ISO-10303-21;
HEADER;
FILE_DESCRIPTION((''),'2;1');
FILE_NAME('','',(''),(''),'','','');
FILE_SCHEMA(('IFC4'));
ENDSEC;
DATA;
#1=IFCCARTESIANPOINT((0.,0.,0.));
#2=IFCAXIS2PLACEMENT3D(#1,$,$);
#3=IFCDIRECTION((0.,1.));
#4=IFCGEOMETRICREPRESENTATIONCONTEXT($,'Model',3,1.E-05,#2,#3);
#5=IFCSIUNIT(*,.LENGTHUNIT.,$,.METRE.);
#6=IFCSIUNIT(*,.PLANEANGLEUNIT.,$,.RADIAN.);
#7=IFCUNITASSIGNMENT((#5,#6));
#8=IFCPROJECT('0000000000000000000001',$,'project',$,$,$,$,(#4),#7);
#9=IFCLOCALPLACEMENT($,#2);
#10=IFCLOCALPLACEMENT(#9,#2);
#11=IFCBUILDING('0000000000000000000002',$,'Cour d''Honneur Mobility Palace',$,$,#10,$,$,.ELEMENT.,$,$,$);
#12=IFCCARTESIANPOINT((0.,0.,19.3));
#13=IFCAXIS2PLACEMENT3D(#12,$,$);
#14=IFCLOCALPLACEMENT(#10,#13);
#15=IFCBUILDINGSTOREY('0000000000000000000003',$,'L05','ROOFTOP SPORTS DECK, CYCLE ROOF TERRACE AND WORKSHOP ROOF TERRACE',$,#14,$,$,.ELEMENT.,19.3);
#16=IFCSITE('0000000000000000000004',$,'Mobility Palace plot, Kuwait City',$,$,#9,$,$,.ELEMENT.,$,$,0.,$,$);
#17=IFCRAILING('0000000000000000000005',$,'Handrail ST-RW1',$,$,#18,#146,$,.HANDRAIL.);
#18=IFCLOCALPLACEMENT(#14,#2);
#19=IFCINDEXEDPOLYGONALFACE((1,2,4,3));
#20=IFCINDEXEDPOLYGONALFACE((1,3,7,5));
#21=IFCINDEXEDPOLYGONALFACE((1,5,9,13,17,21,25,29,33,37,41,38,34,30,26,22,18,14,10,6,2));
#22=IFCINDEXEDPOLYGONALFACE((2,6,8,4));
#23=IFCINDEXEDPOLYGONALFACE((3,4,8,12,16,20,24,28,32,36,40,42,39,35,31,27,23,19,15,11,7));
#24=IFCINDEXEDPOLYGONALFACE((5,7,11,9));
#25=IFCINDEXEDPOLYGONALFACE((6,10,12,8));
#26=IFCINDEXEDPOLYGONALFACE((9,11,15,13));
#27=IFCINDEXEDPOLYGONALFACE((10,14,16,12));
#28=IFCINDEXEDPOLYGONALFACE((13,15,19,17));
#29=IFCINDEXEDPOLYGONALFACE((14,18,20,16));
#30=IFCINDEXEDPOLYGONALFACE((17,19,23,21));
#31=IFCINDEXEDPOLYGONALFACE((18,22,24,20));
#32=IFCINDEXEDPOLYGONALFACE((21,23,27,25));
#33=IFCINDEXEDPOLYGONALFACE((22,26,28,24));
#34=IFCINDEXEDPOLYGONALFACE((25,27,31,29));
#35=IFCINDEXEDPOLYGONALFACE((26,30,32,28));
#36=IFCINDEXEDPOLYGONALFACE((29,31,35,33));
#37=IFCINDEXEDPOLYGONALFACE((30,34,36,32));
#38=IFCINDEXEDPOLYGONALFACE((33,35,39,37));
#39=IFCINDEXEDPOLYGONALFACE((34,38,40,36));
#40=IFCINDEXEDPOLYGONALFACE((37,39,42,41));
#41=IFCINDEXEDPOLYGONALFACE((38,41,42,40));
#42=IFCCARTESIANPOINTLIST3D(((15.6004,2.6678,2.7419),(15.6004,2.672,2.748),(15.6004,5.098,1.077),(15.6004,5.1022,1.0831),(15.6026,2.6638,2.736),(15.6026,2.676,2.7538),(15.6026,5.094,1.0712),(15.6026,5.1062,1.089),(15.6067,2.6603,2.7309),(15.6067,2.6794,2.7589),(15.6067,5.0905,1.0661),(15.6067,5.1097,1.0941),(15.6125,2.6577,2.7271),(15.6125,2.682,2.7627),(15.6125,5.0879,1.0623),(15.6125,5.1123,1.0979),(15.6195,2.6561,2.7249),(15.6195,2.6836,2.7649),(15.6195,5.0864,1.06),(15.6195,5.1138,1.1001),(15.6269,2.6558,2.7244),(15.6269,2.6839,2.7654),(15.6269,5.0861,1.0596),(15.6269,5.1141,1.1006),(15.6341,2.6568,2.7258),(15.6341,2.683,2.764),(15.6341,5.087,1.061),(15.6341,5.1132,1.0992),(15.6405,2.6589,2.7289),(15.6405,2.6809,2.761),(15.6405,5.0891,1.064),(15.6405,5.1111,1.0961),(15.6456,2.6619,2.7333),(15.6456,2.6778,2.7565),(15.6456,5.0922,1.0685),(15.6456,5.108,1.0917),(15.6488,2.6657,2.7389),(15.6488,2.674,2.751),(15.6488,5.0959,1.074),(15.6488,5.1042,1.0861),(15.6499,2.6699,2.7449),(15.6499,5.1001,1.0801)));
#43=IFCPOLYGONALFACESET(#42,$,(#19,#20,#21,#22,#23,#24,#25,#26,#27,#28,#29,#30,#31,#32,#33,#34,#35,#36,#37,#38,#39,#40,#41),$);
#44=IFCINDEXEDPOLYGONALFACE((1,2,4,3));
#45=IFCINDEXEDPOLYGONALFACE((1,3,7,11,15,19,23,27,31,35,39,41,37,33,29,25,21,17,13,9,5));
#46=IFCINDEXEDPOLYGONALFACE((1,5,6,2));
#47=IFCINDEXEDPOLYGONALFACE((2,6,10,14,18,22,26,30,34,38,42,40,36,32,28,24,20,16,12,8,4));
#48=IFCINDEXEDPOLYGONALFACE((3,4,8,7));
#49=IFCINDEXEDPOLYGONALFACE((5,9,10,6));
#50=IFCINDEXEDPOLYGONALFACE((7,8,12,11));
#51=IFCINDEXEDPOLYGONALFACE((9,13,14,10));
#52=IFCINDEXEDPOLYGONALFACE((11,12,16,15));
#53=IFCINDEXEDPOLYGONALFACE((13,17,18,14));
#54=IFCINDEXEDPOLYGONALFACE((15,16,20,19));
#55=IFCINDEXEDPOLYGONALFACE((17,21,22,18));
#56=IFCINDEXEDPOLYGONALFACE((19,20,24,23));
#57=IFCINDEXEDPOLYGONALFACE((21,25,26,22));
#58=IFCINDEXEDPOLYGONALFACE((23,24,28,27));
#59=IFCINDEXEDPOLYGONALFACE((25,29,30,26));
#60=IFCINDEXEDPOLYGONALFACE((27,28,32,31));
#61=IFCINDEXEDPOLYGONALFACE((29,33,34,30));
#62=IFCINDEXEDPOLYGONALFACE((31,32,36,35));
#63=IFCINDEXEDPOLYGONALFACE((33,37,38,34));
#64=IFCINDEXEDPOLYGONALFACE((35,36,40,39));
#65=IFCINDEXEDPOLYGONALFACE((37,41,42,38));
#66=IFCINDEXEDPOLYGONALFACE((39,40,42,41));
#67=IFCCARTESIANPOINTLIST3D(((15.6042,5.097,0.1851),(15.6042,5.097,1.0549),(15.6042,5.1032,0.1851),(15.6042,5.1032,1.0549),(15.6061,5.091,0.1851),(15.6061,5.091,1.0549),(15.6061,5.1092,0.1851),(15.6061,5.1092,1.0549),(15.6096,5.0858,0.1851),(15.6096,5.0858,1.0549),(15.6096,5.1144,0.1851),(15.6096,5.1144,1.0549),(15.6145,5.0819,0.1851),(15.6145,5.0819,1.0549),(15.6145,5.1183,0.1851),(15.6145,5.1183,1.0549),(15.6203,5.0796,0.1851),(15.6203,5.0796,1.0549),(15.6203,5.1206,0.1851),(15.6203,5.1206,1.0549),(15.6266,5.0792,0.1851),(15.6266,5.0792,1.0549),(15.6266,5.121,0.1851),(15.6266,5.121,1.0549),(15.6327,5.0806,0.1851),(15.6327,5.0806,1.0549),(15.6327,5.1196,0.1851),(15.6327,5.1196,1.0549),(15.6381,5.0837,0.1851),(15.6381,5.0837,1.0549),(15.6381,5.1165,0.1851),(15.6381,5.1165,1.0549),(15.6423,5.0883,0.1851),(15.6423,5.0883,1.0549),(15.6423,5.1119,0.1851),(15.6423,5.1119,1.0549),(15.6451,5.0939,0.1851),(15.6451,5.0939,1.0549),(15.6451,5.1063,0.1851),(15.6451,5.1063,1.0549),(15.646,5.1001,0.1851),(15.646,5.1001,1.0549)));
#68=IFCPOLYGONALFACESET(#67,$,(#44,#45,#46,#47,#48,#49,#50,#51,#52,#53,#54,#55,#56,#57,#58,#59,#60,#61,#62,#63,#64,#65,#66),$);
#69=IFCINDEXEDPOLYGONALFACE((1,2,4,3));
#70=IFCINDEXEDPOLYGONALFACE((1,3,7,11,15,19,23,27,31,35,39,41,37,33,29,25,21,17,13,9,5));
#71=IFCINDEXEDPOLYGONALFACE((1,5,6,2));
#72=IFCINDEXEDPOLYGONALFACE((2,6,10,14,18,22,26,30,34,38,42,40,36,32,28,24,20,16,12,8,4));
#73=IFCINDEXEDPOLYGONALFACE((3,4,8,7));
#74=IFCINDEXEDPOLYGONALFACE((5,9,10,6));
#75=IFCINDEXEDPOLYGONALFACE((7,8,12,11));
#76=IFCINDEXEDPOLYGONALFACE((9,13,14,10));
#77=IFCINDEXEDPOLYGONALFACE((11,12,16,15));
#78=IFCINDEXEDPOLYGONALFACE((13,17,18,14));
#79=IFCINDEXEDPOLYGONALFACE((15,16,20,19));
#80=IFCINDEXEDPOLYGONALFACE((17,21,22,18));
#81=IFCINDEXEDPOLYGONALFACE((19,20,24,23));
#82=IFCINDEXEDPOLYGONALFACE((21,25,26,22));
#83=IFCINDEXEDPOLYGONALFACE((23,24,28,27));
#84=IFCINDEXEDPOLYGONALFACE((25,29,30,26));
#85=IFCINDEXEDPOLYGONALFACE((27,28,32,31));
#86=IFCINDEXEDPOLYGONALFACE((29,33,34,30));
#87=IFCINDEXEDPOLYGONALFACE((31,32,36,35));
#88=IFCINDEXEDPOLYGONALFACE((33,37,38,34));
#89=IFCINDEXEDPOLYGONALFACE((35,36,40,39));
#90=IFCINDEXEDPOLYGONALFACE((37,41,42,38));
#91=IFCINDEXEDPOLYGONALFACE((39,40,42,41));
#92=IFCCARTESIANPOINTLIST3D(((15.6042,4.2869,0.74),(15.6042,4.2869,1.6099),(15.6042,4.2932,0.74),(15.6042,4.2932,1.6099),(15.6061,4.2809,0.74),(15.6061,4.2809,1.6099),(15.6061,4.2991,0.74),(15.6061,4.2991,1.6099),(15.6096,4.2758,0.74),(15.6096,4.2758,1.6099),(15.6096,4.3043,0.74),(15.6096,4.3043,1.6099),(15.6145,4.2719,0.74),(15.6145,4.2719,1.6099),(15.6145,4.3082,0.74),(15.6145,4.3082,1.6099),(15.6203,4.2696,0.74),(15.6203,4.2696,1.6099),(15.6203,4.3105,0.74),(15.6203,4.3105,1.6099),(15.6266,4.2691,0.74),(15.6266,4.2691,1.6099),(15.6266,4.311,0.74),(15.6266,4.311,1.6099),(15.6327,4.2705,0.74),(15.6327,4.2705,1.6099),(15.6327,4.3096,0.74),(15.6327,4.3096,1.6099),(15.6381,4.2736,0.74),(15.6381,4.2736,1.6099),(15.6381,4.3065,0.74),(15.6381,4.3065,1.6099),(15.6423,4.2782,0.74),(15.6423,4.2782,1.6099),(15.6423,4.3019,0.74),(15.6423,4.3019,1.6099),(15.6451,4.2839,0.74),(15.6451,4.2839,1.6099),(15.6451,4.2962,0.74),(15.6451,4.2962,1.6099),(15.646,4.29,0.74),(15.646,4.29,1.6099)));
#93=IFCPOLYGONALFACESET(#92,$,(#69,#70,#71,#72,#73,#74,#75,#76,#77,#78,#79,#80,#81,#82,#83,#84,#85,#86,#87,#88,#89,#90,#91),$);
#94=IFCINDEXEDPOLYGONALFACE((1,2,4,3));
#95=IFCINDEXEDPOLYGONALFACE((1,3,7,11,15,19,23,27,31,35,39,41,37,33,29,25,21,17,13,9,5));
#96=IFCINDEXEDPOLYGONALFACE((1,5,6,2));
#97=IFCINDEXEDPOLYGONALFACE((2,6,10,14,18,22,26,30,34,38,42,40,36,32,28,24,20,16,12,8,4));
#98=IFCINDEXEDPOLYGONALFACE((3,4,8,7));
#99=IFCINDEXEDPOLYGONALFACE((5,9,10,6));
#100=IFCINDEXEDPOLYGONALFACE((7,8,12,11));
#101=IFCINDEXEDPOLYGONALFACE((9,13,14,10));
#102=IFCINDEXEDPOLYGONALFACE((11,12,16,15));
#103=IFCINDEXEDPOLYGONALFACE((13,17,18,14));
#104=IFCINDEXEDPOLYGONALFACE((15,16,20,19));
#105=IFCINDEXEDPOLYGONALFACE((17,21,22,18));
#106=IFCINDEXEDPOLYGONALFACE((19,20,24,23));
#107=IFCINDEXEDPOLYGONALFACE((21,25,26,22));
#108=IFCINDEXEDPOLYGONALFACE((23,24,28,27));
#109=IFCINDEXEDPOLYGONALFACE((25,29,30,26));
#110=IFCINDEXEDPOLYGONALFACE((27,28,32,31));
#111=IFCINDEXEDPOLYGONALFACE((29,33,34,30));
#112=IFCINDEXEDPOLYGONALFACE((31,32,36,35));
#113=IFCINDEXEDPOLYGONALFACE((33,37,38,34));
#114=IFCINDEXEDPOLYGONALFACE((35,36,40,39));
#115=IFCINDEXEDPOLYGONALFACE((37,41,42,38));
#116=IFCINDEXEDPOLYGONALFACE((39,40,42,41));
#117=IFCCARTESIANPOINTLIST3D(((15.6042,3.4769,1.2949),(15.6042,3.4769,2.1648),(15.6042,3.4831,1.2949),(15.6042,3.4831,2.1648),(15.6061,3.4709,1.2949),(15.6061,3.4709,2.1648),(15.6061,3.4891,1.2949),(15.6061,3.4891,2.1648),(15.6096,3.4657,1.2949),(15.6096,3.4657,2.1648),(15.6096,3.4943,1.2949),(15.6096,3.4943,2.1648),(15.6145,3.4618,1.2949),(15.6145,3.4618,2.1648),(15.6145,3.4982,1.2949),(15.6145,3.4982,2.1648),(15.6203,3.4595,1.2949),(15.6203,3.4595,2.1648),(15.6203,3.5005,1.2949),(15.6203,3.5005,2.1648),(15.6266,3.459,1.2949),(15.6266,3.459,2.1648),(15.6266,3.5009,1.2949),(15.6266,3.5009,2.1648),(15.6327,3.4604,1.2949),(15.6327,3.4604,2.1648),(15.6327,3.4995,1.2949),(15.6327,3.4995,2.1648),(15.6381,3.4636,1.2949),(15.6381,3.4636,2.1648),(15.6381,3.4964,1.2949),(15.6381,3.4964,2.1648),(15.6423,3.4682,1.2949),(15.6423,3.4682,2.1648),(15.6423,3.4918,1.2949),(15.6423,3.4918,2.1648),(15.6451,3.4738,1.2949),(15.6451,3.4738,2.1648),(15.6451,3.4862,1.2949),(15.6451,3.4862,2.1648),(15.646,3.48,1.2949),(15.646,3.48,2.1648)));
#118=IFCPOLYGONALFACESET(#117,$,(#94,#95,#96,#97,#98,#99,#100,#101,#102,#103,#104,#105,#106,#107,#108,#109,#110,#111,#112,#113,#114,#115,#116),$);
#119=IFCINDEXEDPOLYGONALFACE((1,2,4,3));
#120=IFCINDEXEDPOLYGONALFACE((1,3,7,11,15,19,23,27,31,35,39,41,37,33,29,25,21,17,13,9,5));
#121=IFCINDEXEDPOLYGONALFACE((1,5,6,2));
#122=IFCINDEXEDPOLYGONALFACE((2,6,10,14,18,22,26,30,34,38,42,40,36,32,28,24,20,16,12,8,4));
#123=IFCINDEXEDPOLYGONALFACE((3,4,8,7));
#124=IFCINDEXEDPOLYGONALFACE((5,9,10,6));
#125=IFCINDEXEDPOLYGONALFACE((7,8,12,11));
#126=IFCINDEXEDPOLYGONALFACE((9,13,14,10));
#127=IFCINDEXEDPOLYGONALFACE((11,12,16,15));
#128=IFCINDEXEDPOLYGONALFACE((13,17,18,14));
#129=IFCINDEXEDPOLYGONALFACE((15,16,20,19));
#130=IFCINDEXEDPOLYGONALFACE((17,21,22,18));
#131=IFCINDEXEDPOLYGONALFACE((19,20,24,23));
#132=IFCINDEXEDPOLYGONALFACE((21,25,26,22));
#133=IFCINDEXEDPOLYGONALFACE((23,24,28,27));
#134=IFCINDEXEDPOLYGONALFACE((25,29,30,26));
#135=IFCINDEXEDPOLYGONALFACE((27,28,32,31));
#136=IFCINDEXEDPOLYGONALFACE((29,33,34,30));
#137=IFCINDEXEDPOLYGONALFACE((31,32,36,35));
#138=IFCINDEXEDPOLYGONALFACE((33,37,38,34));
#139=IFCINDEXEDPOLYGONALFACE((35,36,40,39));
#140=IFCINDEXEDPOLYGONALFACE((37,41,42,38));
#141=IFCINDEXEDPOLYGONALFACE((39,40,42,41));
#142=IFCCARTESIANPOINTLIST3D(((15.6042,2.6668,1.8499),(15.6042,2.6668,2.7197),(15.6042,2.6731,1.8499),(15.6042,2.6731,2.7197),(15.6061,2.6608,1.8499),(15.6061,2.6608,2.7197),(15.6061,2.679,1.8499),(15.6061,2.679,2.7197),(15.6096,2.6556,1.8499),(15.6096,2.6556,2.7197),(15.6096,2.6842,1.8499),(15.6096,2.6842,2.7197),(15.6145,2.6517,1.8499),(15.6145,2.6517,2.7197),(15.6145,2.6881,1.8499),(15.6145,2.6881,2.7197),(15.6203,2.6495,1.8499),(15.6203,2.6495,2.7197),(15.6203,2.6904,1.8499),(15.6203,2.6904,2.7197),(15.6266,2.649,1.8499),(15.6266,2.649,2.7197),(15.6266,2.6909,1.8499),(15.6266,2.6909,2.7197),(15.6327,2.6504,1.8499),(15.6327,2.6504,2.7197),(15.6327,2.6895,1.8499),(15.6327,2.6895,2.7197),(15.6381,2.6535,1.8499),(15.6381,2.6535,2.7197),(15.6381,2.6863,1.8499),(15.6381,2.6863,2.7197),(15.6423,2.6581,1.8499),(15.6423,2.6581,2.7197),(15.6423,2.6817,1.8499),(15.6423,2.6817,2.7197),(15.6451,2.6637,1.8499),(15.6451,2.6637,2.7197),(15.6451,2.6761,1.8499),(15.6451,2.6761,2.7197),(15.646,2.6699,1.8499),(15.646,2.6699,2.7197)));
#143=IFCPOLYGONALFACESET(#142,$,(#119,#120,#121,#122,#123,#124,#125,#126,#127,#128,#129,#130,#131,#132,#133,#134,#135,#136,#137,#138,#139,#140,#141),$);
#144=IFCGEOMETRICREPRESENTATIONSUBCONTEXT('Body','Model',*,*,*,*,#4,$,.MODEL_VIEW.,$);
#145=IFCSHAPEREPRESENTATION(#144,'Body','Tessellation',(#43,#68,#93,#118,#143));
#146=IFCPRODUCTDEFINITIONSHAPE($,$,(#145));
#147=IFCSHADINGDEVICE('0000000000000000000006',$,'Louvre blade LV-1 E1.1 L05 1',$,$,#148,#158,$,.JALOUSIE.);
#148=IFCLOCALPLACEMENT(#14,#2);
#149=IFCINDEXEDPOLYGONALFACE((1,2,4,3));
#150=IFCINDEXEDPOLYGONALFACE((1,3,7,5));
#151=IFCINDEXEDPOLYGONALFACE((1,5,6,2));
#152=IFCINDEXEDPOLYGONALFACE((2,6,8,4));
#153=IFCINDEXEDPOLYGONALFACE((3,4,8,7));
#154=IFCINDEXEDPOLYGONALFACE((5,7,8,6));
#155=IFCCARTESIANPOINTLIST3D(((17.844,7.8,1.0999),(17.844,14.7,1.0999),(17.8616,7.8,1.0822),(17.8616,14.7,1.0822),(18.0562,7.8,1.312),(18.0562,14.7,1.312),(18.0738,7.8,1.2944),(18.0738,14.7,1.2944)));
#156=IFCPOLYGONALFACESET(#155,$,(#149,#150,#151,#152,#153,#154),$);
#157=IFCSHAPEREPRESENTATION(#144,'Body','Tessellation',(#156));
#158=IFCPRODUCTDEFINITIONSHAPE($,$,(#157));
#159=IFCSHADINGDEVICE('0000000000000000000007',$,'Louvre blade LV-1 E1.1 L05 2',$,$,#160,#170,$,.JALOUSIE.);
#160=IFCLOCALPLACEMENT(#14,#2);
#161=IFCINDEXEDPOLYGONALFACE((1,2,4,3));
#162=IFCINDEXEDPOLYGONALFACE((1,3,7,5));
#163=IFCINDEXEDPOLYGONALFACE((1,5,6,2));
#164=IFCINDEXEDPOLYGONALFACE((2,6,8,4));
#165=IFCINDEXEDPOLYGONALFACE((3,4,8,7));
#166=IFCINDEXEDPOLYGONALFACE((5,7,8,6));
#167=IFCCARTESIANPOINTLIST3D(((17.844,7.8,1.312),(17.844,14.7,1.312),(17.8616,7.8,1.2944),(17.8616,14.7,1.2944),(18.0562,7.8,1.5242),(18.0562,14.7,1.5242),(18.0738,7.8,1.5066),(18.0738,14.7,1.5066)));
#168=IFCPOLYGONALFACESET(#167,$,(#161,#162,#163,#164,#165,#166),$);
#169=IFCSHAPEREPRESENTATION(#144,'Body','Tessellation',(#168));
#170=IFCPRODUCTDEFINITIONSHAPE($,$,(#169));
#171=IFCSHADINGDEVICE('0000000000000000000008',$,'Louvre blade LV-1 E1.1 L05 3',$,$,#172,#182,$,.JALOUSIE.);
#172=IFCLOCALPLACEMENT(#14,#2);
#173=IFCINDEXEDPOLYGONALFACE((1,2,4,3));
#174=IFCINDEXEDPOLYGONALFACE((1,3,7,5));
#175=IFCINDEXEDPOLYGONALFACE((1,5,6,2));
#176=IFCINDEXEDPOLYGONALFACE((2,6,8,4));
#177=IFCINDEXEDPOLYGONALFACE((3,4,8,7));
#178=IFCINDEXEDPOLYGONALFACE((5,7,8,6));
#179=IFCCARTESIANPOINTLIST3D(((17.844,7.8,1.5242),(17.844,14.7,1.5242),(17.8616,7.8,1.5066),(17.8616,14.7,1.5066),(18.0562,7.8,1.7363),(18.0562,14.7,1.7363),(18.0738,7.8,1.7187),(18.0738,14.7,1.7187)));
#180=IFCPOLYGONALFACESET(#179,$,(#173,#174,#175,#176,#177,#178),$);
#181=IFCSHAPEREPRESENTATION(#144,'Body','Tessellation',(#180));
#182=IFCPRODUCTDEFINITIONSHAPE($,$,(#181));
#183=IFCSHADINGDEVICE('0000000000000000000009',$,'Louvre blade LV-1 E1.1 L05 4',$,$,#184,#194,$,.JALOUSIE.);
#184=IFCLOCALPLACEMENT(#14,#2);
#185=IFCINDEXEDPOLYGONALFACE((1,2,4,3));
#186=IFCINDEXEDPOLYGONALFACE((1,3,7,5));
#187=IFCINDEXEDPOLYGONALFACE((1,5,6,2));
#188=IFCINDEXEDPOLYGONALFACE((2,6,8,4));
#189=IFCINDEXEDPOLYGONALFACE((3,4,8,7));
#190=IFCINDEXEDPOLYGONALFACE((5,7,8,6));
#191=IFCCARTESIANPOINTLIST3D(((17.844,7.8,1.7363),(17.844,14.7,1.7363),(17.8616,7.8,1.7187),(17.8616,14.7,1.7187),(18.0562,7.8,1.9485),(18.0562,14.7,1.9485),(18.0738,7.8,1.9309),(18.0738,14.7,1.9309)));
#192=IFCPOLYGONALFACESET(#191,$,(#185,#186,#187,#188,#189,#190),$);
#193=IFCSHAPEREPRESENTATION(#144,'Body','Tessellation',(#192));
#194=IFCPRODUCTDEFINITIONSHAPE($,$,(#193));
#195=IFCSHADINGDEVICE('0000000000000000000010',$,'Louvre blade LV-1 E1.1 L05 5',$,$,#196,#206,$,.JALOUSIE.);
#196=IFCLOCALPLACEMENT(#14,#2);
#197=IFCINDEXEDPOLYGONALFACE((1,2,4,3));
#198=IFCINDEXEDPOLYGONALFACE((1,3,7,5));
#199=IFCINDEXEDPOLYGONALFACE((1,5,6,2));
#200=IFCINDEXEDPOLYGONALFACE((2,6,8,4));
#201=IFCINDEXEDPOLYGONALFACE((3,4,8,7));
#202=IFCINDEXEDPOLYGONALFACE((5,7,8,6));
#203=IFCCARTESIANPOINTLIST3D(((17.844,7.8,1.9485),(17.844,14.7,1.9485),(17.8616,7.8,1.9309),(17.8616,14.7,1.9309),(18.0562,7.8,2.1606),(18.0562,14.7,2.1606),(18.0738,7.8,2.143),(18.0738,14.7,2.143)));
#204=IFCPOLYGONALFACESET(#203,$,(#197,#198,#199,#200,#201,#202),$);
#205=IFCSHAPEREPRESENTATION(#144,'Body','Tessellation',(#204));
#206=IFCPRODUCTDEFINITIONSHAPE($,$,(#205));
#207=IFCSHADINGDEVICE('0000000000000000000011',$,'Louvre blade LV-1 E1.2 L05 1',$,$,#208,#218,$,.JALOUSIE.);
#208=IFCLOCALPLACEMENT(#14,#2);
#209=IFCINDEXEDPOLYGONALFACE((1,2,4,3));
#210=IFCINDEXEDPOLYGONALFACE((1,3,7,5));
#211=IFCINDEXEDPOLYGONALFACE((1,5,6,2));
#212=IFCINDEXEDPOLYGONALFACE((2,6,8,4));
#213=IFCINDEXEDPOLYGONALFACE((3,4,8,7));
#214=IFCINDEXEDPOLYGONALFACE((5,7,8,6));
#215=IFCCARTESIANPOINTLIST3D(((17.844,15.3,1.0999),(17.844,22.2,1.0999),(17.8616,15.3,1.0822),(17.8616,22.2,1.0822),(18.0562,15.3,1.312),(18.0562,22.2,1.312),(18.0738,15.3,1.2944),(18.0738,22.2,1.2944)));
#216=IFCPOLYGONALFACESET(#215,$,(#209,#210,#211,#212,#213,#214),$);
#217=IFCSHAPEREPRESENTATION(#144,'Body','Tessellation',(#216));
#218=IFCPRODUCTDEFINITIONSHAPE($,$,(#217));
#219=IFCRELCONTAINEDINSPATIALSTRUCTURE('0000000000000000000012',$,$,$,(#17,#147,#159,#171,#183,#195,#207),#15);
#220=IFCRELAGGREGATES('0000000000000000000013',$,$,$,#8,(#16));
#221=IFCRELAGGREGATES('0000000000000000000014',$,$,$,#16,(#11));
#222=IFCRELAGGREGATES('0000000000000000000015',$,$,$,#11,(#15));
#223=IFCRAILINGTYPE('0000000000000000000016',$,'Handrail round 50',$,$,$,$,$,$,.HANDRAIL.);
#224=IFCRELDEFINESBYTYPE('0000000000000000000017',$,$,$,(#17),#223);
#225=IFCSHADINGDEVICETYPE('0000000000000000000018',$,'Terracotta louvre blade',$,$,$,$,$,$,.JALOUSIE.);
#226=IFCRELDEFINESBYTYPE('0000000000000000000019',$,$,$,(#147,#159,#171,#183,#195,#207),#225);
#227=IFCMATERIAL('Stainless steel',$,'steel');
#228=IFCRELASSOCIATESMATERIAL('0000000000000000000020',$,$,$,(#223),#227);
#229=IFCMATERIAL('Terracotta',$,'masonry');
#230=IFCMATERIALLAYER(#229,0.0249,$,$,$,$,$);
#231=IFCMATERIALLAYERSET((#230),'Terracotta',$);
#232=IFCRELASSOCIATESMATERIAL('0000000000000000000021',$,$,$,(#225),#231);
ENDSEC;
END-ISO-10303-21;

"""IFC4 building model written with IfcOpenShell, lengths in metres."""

from ifc_helpers import new_model, si_unit, direction, frame, origin, origin_2d, place, context, subcontext, project, spatial, polyline, circle, outline, extrude, material, layer, layer_set, type_object, element, save


model = new_model("IFC4")

# Units and contexts
model_context = context("Model", 3, precision=1e-05, world=origin(), true_north=direction((0.0, 1.0)))
body_context = subcontext(model_context, "Body", "Model", "MODEL_VIEW")
ifc_project = project(units=[si_unit("LENGTHUNIT", "METRE"), si_unit("PLANEANGLEUNIT", "RADIAN")], contexts=[model_context])

# Site, building, storey
site_placement = place(None, origin())
site = spatial("IfcSite", under=ifc_project, at=site_placement, Name="Mobility Palace plot, Kuwait City", CompositionType="ELEMENT", RefElevation=0.0)
building_placement = place(site_placement, origin())
building = spatial("IfcBuilding", under=site, at=building_placement, Name="Cour d'Honneur Mobility Palace", CompositionType="ELEMENT")
storey_placement = place(building_placement, frame((0.0, 0.0, 19.3)))
storey = spatial("IfcBuildingStorey", under=building, at=storey_placement, Name="L05", Description="ROOFTOP SPORTS DECK, CYCLE ROOF TERRACE AND WORKSHOP ROOF TERRACE", CompositionType="ELEMENT", Elevation=19.3)

# Railing
ifc_material_1 = material(Name="Stainless steel", Category="steel")
railing_type_1 = type_object("IfcRailingType", Name="Handrail round 50", PredefinedType="HANDRAIL", material=ifc_material_1)
for number, where, name in (
    (1, (15.625, 5.1001, 0.1851), "Handrail ST-RW1"),
):
    element("IfcRailing", number, at=place(storey_placement, frame(where)), inside=storey, type_object=railing_type_1, Name=name, PredefinedType="HANDRAIL", context=body_context, shape_type="SweptSolid", body=[
        extrude(circle(Radius=0.0249, at=origin_2d()), frame((0.0, 0.0, 0.895), z_axis=(0.0, -0.824984, 0.565156), x_axis=(1.0, 0.0, 0.0)), (0.0, 0.0, 1.0), 2.9458),
        extrude(circle(Radius=0.021, at=origin_2d()), origin(), (0.0, 0.0, 1.0), 0.8699),
        extrude(circle(Radius=0.021, at=origin_2d()), frame((0.0, -0.8101, 0.5549)), (0.0, 0.0, 1.0), 0.8699),
        extrude(circle(Radius=0.021, at=origin_2d()), frame((0.0, -1.6201, 1.1099)), (0.0, 0.0, 1.0), 0.8699),
        extrude(circle(Radius=0.021, at=origin_2d()), frame((0.0, -2.4302, 1.6648)), (0.0, 0.0, 1.0), 0.8699),
    ])

# Shading devices
ifc_material_2 = material(Name="Terracotta", Category="masonry")
ifc_layer_1 = layer(ifc_material_2, 0.0249)
ifc_layer_set_1 = layer_set([ifc_layer_1], Name="Terracotta")
shading_device_type = type_object("IfcShadingDeviceType", Name="Terracotta louvre blade", PredefinedType="JALOUSIE", material=ifc_layer_set_1)
for number, where, z_axis, x_axis, name in (
    (2, (17.844, 7.8, 1.0999), (-0.707107, 0.0, 0.707107), (0.0, 1.0, 0.0), "Louvre blade LV-1 E1.1 L05 1"),
    (3, (17.844, 7.8, 1.312), (-0.707107, 0.0, 0.707107), (0.0, 1.0, 0.0), "Louvre blade LV-1 E1.1 L05 2"),
    (4, (17.844, 7.8, 1.5242), (-0.707107, 0.0, 0.707107), (0.0, 1.0, 0.0), "Louvre blade LV-1 E1.1 L05 3"),
    (5, (17.844, 7.8, 1.7363), (-0.707107, 0.0, 0.707107), (0.0, 1.0, 0.0), "Louvre blade LV-1 E1.1 L05 4"),
    (6, (17.844, 7.8, 1.9485), (-0.707107, 0.0, 0.707107), (0.0, 1.0, 0.0), "Louvre blade LV-1 E1.1 L05 5"),
    (7, (17.844, 15.3, 1.0999), (-0.707107, 0.0, 0.707107), (0.0, 1.0, 0.0), "Louvre blade LV-1 E1.2 L05 1"),
):
    element("IfcShadingDevice", number, at=place(storey_placement, frame(where, z_axis=z_axis, x_axis=x_axis)), inside=storey, type_object=shading_device_type, Name=name, PredefinedType="JALOUSIE", context=body_context, shape_type="SweptSolid", body=[
        extrude(outline(polyline([(0.0, 0.0), (6.8999, 0.0), (6.8999, -0.3), (0.0, -0.3), (0.0, 0.0)])), origin(), (0.0, 0.0, -1.0), 0.0249),
    ])

save(model, "model.ifc")
